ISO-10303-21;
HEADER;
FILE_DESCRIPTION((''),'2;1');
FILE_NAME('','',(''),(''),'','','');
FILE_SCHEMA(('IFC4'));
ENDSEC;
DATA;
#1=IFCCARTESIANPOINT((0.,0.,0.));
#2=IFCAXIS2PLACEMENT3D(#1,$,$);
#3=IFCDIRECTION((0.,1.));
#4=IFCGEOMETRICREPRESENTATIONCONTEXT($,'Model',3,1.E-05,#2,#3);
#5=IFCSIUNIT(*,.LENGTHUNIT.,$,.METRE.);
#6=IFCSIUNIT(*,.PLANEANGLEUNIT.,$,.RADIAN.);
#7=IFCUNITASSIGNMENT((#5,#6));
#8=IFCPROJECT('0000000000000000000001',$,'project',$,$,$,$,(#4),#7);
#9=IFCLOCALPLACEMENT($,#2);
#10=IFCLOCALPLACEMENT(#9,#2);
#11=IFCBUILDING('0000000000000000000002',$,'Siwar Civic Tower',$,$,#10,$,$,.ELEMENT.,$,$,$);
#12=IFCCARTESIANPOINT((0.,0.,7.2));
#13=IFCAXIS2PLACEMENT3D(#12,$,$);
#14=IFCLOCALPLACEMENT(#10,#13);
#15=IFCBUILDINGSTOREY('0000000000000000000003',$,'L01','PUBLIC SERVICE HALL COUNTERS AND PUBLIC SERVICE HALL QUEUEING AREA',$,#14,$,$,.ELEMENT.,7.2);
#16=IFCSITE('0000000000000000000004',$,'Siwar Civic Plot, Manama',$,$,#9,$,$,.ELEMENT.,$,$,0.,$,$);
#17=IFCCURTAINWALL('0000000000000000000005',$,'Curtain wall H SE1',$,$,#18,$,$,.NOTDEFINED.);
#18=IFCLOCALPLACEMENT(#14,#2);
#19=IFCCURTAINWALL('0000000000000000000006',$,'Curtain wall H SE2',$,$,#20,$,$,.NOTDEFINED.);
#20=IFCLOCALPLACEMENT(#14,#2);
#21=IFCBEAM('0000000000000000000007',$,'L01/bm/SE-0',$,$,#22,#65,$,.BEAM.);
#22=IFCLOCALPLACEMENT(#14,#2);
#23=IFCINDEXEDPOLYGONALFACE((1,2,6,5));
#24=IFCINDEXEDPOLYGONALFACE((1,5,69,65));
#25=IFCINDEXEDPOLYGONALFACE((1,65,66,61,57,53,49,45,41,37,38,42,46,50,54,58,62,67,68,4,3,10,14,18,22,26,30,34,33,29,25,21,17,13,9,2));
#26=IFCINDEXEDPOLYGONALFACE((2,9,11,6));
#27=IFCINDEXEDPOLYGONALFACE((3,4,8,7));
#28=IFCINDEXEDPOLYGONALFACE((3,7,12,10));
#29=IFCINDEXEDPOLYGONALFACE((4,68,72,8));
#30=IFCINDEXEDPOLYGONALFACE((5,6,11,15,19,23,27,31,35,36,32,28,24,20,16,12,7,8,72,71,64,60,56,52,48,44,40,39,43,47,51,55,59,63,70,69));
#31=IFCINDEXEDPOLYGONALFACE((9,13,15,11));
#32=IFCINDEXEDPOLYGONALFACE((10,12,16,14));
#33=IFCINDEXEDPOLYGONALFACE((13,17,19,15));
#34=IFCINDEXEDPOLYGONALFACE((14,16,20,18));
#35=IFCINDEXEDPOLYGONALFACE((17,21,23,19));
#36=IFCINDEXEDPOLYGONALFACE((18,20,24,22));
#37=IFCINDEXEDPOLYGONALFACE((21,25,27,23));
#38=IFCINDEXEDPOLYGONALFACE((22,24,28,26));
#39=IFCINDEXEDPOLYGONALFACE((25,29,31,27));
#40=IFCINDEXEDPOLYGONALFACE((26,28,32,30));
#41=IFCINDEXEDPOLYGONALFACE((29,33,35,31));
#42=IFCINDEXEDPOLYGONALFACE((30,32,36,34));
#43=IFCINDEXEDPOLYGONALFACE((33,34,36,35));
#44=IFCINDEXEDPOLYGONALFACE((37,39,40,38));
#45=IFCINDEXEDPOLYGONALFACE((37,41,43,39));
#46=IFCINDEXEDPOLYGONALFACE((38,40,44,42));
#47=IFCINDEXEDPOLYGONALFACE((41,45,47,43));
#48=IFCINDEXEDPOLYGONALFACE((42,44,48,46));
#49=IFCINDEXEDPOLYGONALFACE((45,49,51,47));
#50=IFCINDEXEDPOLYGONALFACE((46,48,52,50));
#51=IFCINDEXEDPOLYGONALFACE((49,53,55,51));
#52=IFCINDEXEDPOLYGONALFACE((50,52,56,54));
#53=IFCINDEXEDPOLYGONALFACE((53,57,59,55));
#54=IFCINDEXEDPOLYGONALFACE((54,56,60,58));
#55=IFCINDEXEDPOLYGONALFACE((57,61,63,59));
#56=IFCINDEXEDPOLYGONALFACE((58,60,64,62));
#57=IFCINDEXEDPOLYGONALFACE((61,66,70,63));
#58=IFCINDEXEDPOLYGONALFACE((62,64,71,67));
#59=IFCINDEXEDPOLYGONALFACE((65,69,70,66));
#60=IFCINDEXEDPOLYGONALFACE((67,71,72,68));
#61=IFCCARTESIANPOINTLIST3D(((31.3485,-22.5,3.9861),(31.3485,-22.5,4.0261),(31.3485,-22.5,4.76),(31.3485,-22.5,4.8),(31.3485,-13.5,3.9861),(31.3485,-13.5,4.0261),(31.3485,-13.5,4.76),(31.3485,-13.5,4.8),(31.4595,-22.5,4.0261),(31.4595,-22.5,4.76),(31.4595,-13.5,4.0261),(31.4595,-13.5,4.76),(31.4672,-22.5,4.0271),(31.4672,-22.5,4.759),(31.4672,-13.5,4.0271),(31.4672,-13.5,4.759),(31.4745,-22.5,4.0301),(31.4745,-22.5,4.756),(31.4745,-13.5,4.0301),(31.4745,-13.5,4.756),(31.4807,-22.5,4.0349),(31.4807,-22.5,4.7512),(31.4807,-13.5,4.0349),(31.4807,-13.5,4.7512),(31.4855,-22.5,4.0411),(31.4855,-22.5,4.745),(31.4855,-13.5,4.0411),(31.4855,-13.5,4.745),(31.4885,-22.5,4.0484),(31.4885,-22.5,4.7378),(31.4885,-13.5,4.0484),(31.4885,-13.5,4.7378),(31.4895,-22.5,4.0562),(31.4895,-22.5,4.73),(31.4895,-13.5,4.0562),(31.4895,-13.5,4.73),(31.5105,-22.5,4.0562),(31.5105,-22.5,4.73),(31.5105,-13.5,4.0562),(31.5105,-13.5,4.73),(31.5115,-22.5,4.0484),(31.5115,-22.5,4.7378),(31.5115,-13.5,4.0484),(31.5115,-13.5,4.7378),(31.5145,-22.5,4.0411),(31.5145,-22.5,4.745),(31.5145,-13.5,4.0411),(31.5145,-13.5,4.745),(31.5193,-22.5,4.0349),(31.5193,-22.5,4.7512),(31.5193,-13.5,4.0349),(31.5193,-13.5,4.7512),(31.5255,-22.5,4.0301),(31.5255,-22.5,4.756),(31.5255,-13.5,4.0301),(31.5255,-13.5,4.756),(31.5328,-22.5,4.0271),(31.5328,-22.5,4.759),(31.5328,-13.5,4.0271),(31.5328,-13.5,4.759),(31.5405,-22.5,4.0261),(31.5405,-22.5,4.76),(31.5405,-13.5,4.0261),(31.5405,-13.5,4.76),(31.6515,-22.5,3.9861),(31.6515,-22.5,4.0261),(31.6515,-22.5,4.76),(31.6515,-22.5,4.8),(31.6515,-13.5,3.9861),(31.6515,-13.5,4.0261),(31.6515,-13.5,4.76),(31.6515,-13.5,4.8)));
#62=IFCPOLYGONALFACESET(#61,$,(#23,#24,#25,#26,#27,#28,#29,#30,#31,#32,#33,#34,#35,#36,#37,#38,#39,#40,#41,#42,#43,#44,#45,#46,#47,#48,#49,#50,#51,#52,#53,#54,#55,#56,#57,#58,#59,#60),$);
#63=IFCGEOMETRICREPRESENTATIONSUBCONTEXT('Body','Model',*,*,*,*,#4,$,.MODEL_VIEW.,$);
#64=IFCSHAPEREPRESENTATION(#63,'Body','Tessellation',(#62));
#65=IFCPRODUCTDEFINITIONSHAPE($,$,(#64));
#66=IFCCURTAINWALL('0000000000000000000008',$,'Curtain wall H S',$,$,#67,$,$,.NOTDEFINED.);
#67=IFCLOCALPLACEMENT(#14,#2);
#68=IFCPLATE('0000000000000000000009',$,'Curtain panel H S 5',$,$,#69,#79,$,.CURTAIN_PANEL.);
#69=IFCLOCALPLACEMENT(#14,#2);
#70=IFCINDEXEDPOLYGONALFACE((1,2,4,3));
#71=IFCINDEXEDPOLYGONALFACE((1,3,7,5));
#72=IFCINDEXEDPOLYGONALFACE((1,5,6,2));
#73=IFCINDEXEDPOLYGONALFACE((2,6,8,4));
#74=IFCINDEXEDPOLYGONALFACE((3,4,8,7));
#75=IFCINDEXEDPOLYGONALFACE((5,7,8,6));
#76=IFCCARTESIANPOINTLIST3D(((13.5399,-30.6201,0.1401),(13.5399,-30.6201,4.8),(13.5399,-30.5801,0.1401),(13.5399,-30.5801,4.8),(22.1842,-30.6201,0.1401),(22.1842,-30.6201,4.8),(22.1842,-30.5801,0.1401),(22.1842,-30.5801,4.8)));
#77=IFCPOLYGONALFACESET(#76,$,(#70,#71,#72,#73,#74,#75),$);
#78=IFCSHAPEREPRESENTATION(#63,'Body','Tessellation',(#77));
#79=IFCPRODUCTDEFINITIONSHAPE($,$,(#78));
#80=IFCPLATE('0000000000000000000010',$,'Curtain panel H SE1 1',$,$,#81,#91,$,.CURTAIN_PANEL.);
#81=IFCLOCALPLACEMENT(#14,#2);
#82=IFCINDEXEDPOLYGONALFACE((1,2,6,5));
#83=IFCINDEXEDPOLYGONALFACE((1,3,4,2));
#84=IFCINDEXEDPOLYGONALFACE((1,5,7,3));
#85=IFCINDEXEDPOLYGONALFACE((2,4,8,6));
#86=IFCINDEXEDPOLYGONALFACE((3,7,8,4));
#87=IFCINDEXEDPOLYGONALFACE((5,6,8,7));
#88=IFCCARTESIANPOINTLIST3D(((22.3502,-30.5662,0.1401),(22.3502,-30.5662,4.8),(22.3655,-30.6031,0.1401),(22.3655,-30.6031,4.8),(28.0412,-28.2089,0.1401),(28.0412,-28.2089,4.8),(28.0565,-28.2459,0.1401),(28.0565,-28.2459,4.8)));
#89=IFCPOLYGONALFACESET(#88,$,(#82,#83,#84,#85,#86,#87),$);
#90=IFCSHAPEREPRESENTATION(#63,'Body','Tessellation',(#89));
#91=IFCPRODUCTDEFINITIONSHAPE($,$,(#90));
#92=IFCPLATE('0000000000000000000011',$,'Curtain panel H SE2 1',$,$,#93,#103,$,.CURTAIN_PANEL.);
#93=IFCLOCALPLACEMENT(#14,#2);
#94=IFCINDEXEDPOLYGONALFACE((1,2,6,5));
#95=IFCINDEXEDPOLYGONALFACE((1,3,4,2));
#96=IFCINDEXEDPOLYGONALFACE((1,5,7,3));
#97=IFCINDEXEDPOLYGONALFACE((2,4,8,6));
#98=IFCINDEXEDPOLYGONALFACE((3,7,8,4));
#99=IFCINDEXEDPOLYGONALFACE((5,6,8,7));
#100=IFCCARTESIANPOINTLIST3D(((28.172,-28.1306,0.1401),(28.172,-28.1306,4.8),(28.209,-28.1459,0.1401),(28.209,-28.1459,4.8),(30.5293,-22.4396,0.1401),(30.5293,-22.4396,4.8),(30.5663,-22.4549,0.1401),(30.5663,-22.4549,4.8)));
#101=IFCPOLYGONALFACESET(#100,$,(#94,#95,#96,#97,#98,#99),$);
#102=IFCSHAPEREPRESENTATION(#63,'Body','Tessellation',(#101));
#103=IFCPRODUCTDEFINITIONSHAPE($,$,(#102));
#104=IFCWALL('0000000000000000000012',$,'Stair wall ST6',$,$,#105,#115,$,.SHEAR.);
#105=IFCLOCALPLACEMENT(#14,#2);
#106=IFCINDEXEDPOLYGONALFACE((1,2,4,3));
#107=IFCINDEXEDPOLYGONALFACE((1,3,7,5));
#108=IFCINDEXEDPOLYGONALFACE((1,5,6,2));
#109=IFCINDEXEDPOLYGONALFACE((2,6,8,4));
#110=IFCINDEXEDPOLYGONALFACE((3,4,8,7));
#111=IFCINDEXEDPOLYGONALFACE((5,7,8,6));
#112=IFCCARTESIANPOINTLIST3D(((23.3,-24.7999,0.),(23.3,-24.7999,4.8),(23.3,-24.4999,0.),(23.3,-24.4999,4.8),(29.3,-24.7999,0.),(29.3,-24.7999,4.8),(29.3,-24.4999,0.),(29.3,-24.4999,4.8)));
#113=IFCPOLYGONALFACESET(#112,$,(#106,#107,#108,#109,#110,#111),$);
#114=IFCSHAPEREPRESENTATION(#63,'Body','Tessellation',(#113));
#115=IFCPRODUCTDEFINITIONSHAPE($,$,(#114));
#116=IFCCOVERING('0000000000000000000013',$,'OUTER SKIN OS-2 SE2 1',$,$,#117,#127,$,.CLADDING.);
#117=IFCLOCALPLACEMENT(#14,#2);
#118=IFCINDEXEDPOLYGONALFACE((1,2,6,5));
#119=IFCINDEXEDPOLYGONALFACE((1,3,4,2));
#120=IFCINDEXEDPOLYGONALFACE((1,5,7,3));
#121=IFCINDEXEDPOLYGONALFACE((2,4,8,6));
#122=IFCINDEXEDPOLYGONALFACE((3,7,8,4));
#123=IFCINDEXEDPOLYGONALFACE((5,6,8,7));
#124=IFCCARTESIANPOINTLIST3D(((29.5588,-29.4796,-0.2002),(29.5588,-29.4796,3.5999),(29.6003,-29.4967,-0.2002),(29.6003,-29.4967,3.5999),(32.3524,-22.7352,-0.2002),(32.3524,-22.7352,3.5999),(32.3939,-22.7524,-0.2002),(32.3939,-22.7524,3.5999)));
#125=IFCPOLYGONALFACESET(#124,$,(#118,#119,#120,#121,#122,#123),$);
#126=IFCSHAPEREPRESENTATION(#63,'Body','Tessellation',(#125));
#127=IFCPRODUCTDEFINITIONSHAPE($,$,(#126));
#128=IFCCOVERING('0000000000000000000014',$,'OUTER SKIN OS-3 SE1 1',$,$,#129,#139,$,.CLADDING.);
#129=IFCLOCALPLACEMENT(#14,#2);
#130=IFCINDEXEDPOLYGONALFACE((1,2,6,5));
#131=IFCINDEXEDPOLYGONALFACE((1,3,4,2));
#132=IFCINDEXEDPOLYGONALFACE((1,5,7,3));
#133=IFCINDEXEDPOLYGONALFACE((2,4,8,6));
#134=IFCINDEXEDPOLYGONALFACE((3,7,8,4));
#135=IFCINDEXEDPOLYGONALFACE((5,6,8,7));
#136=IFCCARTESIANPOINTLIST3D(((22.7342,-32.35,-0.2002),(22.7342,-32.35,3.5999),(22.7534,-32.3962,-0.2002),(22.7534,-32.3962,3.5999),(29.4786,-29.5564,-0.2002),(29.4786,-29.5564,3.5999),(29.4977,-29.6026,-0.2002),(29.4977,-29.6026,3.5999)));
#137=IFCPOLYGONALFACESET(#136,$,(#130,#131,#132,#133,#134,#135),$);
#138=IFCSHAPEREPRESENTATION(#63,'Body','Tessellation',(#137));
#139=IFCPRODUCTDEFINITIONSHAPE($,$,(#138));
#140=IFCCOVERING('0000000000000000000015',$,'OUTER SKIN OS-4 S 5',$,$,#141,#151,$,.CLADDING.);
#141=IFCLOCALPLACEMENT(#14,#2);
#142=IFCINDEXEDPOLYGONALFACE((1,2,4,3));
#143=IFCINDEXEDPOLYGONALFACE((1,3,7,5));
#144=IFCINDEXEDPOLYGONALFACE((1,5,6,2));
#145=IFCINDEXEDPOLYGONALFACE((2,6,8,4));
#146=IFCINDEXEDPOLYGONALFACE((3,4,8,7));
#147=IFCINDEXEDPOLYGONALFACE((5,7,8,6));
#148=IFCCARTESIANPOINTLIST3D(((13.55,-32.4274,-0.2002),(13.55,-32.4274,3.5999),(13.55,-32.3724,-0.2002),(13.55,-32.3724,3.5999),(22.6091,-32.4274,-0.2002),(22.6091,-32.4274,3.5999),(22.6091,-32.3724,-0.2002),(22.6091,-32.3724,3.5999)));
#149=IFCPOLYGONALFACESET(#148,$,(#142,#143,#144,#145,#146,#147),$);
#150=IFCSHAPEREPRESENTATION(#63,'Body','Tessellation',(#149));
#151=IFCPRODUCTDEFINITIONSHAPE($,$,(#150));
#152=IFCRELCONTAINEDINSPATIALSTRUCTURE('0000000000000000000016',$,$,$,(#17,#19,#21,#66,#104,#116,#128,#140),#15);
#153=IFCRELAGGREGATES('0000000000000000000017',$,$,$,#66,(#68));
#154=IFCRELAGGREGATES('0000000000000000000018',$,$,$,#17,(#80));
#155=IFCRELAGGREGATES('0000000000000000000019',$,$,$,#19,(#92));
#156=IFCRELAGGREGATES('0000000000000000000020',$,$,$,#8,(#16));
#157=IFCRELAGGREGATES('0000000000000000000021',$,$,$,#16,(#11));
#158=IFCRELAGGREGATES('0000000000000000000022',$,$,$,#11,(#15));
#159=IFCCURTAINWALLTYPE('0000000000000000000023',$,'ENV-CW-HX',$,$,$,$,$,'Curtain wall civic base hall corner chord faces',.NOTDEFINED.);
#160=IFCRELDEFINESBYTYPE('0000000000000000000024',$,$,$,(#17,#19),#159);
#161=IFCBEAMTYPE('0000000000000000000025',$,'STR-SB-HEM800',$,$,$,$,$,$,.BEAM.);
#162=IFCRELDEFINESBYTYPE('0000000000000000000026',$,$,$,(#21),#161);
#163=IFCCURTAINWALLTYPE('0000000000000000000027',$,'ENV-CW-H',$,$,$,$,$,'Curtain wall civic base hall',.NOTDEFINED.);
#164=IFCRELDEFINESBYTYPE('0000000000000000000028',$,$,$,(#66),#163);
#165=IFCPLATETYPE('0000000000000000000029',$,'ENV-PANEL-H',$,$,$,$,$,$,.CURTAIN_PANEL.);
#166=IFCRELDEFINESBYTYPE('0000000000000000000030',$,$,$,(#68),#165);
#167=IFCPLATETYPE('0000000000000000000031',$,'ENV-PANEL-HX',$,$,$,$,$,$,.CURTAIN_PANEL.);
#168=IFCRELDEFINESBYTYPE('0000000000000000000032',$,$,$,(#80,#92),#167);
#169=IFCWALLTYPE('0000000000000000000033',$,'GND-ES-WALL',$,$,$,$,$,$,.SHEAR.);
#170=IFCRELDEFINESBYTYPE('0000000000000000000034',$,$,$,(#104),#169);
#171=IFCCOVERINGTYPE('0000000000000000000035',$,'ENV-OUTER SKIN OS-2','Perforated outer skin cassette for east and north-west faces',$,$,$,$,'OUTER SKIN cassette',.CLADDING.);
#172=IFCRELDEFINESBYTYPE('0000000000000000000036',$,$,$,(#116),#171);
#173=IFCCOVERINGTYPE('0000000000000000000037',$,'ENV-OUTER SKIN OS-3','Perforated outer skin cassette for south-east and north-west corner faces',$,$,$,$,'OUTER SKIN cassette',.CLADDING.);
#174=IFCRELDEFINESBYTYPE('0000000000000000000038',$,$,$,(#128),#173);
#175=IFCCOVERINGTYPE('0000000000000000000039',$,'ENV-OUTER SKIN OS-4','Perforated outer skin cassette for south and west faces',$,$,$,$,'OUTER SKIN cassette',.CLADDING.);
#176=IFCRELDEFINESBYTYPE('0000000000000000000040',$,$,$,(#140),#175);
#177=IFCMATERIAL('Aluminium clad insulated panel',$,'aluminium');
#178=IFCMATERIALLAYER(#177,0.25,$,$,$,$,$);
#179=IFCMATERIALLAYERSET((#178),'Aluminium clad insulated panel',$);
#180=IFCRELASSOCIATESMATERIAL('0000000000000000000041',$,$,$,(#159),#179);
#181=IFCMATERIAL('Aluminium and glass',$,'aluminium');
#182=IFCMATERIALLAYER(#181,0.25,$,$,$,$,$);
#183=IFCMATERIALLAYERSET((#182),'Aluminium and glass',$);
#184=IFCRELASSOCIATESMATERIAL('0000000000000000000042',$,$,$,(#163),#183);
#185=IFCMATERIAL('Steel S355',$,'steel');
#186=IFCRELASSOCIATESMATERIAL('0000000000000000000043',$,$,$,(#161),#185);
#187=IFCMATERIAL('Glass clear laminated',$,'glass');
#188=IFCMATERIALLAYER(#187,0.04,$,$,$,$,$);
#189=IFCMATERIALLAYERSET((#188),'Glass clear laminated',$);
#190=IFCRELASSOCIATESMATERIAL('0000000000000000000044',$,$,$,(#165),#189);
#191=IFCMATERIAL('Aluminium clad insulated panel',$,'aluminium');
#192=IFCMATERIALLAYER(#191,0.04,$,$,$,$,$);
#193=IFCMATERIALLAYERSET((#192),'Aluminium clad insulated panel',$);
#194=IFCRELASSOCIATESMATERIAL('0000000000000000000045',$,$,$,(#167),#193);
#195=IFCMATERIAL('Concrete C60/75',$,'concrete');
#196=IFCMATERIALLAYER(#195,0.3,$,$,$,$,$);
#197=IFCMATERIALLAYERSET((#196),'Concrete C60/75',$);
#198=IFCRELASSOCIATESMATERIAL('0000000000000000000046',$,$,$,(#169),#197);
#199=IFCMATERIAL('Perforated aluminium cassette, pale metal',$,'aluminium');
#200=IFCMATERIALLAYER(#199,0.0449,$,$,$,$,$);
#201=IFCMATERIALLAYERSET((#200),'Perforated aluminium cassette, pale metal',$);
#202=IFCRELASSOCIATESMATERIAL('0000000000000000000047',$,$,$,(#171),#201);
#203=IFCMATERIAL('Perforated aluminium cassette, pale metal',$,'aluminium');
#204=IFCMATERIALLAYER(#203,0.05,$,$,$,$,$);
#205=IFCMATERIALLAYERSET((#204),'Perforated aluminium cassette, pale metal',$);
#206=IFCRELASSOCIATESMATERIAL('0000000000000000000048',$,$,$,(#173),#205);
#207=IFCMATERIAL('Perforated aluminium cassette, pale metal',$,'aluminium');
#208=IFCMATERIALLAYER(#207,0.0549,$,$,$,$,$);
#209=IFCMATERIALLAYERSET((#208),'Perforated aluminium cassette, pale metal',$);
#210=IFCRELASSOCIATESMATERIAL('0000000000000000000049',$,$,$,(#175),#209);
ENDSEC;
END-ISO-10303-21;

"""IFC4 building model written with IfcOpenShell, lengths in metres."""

from ifc_helpers import new_model, si_unit, direction, frame, frame_2d, origin, origin_2d, place, context, subcontext, project, spatial, rectangle, i_section, extrude, material, layer, layer_set, material_profile, profile_set, type_object, element, aggregate, save


model = new_model("IFC4")

# Units and contexts
model_context = context("Model", 3, precision=1e-05, world=origin(), true_north=direction((0.0, 1.0)))
body_context = subcontext(model_context, "Body", "Model", "MODEL_VIEW")
ifc_project = project(units=[si_unit("LENGTHUNIT", "METRE"), si_unit("PLANEANGLEUNIT", "RADIAN")], contexts=[model_context])

# Site, building, storey
site_placement = place(None, origin())
site = spatial("IfcSite", under=ifc_project, at=site_placement, Name="Siwar Civic Plot, Manama", CompositionType="ELEMENT", RefElevation=0.0)
building_placement = place(site_placement, origin())
building = spatial("IfcBuilding", under=site, at=building_placement, Name="Siwar Civic Tower", CompositionType="ELEMENT")
storey_placement = place(building_placement, frame((0.0, 0.0, 7.2)))
storey = spatial("IfcBuildingStorey", under=building, at=storey_placement, Name="L01", Description="PUBLIC SERVICE HALL COUNTERS AND PUBLIC SERVICE HALL QUEUEING AREA", CompositionType="ELEMENT", Elevation=7.2)

# Curtain walls
ifc_material_1 = material(Name="Aluminium clad insulated panel", Category="aluminium")
ifc_layer_1 = layer(ifc_material_1, 0.25)
ifc_layer_set_1 = layer_set([ifc_layer_1], Name="Aluminium clad insulated panel")
curtain_wall_type_1 = type_object("IfcCurtainWallType", Name="ENV-CW-HX", ElementType="Curtain wall civic base hall corner chord faces", PredefinedType="NOTDEFINED", material=ifc_layer_set_1)
curtain_wall_1_placement = place(storey_placement, origin())
curtain_wall_1 = element("IfcCurtainWall", 1, at=curtain_wall_1_placement, inside=storey, type_object=curtain_wall_type_1, Name="Curtain wall H SE1", PredefinedType="NOTDEFINED")
curtain_wall_2_placement = place(storey_placement, origin())
curtain_wall_2 = element("IfcCurtainWall", 2, at=curtain_wall_2_placement, inside=storey, type_object=curtain_wall_type_1, Name="Curtain wall H SE2", PredefinedType="NOTDEFINED")
ifc_material_2 = material(Name="Aluminium and glass", Category="aluminium")
ifc_layer_2 = layer(ifc_material_2, 0.25)
ifc_layer_set_2 = layer_set([ifc_layer_2], Name="Aluminium and glass")
curtain_wall_type_2 = type_object("IfcCurtainWallType", Name="ENV-CW-H", ElementType="Curtain wall civic base hall", PredefinedType="NOTDEFINED", material=ifc_layer_set_2)

# Beam
ifc_material_3 = material(Name="Steel S355", Category="steel")
ifc_material_profile_1 = material_profile(ifc_material_3, i_section(OverallWidth=0.303, OverallDepth=0.814, WebThickness=0.021, FlangeThickness=0.04, FilletRadius=0.03, at=origin_2d()), Name="HEM800")
ifc_profile_set_1 = profile_set([ifc_material_profile_1], Name="Steel S355")
beam_type_1 = type_object("IfcBeamType", Name="STR-SB-HEM800", PredefinedType="BEAM", material=ifc_profile_set_1)
beam_1_placement = place(storey_placement, frame((31.5, -22.5, 4.3931), z_axis=(0.0, 1.0, 0.0), x_axis=(-1.0, 0.0, 0.0)))
element("IfcBeam", 3, at=beam_1_placement, inside=storey, type_object=beam_type_1, Name="L01/bm/SE-0", PredefinedType="BEAM", context=body_context, shape_type="SweptSolid", body=[
    extrude(i_section(OverallWidth=0.303, OverallDepth=0.814, WebThickness=0.021, FlangeThickness=0.04, FilletRadius=0.03, at=origin_2d()), origin(), (0.0, 0.0, 1.0), 9.0),
])

# Curtain wall, plate
curtain_wall_3_placement = place(storey_placement, origin())
curtain_wall_3 = element("IfcCurtainWall", 4, at=curtain_wall_3_placement, inside=storey, type_object=curtain_wall_type_2, Name="Curtain wall H S", PredefinedType="NOTDEFINED")
ifc_material_4 = material(Name="Glass clear laminated", Category="glass")
ifc_layer_3 = layer(ifc_material_4, 0.04)
ifc_layer_set_3 = layer_set([ifc_layer_3], Name="Glass clear laminated")
plate_type_1 = type_object("IfcPlateType", Name="ENV-PANEL-H", PredefinedType="CURTAIN_PANEL", material=ifc_layer_set_3)
plate_1_placement = place(storey_placement, frame((17.8621, -30.6001, 0.1401), z_axis=(0.0, 0.0, 1.0), x_axis=(1.0, 0.0, 0.0)))
plate_1 = element("IfcPlate", 5, at=plate_1_placement, type_object=plate_type_1, Name="Curtain panel H S 5", PredefinedType="CURTAIN_PANEL", context=body_context, shape_type="SweptSolid", body=[
    extrude(rectangle(XDim=8.6443, YDim=0.04, at=origin_2d()), origin(), (0.0, 0.0, 1.0), 4.6599),
])
aggregate(curtain_wall_3, [plate_1])

# Plates
ifc_material_5 = material(Name="Aluminium clad insulated panel", Category="aluminium")
ifc_layer_4 = layer(ifc_material_5, 0.04)
ifc_layer_set_4 = layer_set([ifc_layer_4], Name="Aluminium clad insulated panel")
plate_type_2 = type_object("IfcPlateType", Name="ENV-PANEL-HX", PredefinedType="CURTAIN_PANEL", material=ifc_layer_set_4)
plate_2_placement = place(storey_placement, frame((25.2034, -29.406, 0.1401), z_axis=(0.0, 0.0, 1.0), x_axis=(0.92388, 0.382683, 0.0)))
plate_2 = element("IfcPlate", 6, at=plate_2_placement, type_object=plate_type_2, Name="Curtain panel H SE1 1", PredefinedType="CURTAIN_PANEL", context=body_context, shape_type="SweptSolid", body=[
    extrude(rectangle(XDim=6.1599, YDim=0.04, at=origin_2d()), origin(), (0.0, 0.0, 1.0), 4.6599),
])
aggregate(curtain_wall_1, [plate_2])
plate_3_placement = place(storey_placement, frame((29.3691, -25.2927, 0.1401), z_axis=(0.0, 0.0, 1.0), x_axis=(0.382683, 0.92388, 0.0)))
plate_3 = element("IfcPlate", 7, at=plate_3_placement, type_object=plate_type_2, Name="Curtain panel H SE2 1", PredefinedType="CURTAIN_PANEL", context=body_context, shape_type="SweptSolid", body=[
    extrude(rectangle(XDim=6.1599, YDim=0.04, at=origin_2d()), origin(), (0.0, 0.0, 1.0), 4.6599),
])
aggregate(curtain_wall_2, [plate_3])

# Wall
ifc_material_6 = material(Name="Concrete C60/75", Category="concrete")
ifc_layer_5 = layer(ifc_material_6, 0.3)
ifc_layer_set_5 = layer_set([ifc_layer_5], Name="Concrete C60/75")
wall_type = type_object("IfcWallType", Name="GND-ES-WALL", PredefinedType="SHEAR", material=ifc_layer_set_5)
wall_placement = place(storey_placement, frame((29.3, -24.6499, 0.0), z_axis=(0.0, 0.0, 1.0), x_axis=(-1.0, 0.0, 0.0)))
element("IfcWall", 8, at=wall_placement, inside=storey, type_object=wall_type, Name="Stair wall ST6", PredefinedType="SHEAR", context=body_context, shape_type="SweptSolid", body=[
    extrude(rectangle(XDim=6.0, YDim=0.3, at=frame_2d((3.0, 0.0))), origin(), (0.0, 0.0, 1.0), 4.8),
])

# Coverings
ifc_material_7 = material(Name="Perforated aluminium cassette, pale metal", Category="aluminium")
ifc_layer_6 = layer(ifc_material_7, 0.0449)
ifc_layer_set_6 = layer_set([ifc_layer_6], Name="Perforated aluminium cassette, pale metal")
covering_type_1 = type_object("IfcCoveringType", Name="ENV-OUTER SKIN OS-2", Description="Perforated outer skin cassette for east and north-west faces", ElementType="OUTER SKIN cassette", PredefinedType="CLADDING", material=ifc_layer_set_6)
covering_1_placement = place(storey_placement, frame((30.9763, -26.116, -0.2002), z_axis=(0.0, 0.0, 1.0), x_axis=(0.382683, 0.92388, 0.0)))
element("IfcCovering", 9, at=covering_1_placement, inside=storey, type_object=covering_type_1, Name="OUTER SKIN OS-2 SE2 1", PredefinedType="CLADDING", context=body_context, shape_type="SweptSolid", body=[
    extrude(rectangle(XDim=7.3, YDim=0.0449, at=origin_2d()), origin(), (0.0, 0.0, 1.0), 3.8),
])
ifc_material_8 = material(Name="Perforated aluminium cassette, pale metal", Category="aluminium")
ifc_layer_7 = layer(ifc_material_8, 0.05)
ifc_layer_set_7 = layer_set([ifc_layer_7], Name="Perforated aluminium cassette, pale metal")
covering_type_2 = type_object("IfcCoveringType", Name="ENV-OUTER SKIN OS-3", Description="Perforated outer skin cassette for south-east and north-west corner faces", ElementType="OUTER SKIN cassette", PredefinedType="CLADDING", material=ifc_layer_set_7)
covering_2_placement = place(storey_placement, frame((26.116, -30.9763, -0.2002), z_axis=(0.0, 0.0, 1.0), x_axis=(0.92388, 0.382683, 0.0)))
element("IfcCovering", 10, at=covering_2_placement, inside=storey, type_object=covering_type_2, Name="OUTER SKIN OS-3 SE1 1", PredefinedType="CLADDING", context=body_context, shape_type="SweptSolid", body=[
    extrude(rectangle(XDim=7.3, YDim=0.05, at=origin_2d()), origin(), (0.0, 0.0, 1.0), 3.8),
])
ifc_material_9 = material(Name="Perforated aluminium cassette, pale metal", Category="aluminium")
ifc_layer_8 = layer(ifc_material_9, 0.0549)
ifc_layer_set_8 = layer_set([ifc_layer_8], Name="Perforated aluminium cassette, pale metal")
covering_type_3 = type_object("IfcCoveringType", Name="ENV-OUTER SKIN OS-4", Description="Perforated outer skin cassette for south and west faces", ElementType="OUTER SKIN cassette", PredefinedType="CLADDING", material=ifc_layer_set_8)
covering_3_placement = place(storey_placement, frame((18.0796, -32.3999, -0.2002), z_axis=(0.0, 0.0, 1.0), x_axis=(1.0, 0.0, 0.0)))
element("IfcCovering", 11, at=covering_3_placement, inside=storey, type_object=covering_type_3, Name="OUTER SKIN OS-4 S 5", PredefinedType="CLADDING", context=body_context, shape_type="SweptSolid", body=[
    extrude(rectangle(XDim=9.0591, YDim=0.0549, at=origin_2d()), origin(), (0.0, 0.0, 1.0), 3.8),
])

save(model, "model.ifc")
